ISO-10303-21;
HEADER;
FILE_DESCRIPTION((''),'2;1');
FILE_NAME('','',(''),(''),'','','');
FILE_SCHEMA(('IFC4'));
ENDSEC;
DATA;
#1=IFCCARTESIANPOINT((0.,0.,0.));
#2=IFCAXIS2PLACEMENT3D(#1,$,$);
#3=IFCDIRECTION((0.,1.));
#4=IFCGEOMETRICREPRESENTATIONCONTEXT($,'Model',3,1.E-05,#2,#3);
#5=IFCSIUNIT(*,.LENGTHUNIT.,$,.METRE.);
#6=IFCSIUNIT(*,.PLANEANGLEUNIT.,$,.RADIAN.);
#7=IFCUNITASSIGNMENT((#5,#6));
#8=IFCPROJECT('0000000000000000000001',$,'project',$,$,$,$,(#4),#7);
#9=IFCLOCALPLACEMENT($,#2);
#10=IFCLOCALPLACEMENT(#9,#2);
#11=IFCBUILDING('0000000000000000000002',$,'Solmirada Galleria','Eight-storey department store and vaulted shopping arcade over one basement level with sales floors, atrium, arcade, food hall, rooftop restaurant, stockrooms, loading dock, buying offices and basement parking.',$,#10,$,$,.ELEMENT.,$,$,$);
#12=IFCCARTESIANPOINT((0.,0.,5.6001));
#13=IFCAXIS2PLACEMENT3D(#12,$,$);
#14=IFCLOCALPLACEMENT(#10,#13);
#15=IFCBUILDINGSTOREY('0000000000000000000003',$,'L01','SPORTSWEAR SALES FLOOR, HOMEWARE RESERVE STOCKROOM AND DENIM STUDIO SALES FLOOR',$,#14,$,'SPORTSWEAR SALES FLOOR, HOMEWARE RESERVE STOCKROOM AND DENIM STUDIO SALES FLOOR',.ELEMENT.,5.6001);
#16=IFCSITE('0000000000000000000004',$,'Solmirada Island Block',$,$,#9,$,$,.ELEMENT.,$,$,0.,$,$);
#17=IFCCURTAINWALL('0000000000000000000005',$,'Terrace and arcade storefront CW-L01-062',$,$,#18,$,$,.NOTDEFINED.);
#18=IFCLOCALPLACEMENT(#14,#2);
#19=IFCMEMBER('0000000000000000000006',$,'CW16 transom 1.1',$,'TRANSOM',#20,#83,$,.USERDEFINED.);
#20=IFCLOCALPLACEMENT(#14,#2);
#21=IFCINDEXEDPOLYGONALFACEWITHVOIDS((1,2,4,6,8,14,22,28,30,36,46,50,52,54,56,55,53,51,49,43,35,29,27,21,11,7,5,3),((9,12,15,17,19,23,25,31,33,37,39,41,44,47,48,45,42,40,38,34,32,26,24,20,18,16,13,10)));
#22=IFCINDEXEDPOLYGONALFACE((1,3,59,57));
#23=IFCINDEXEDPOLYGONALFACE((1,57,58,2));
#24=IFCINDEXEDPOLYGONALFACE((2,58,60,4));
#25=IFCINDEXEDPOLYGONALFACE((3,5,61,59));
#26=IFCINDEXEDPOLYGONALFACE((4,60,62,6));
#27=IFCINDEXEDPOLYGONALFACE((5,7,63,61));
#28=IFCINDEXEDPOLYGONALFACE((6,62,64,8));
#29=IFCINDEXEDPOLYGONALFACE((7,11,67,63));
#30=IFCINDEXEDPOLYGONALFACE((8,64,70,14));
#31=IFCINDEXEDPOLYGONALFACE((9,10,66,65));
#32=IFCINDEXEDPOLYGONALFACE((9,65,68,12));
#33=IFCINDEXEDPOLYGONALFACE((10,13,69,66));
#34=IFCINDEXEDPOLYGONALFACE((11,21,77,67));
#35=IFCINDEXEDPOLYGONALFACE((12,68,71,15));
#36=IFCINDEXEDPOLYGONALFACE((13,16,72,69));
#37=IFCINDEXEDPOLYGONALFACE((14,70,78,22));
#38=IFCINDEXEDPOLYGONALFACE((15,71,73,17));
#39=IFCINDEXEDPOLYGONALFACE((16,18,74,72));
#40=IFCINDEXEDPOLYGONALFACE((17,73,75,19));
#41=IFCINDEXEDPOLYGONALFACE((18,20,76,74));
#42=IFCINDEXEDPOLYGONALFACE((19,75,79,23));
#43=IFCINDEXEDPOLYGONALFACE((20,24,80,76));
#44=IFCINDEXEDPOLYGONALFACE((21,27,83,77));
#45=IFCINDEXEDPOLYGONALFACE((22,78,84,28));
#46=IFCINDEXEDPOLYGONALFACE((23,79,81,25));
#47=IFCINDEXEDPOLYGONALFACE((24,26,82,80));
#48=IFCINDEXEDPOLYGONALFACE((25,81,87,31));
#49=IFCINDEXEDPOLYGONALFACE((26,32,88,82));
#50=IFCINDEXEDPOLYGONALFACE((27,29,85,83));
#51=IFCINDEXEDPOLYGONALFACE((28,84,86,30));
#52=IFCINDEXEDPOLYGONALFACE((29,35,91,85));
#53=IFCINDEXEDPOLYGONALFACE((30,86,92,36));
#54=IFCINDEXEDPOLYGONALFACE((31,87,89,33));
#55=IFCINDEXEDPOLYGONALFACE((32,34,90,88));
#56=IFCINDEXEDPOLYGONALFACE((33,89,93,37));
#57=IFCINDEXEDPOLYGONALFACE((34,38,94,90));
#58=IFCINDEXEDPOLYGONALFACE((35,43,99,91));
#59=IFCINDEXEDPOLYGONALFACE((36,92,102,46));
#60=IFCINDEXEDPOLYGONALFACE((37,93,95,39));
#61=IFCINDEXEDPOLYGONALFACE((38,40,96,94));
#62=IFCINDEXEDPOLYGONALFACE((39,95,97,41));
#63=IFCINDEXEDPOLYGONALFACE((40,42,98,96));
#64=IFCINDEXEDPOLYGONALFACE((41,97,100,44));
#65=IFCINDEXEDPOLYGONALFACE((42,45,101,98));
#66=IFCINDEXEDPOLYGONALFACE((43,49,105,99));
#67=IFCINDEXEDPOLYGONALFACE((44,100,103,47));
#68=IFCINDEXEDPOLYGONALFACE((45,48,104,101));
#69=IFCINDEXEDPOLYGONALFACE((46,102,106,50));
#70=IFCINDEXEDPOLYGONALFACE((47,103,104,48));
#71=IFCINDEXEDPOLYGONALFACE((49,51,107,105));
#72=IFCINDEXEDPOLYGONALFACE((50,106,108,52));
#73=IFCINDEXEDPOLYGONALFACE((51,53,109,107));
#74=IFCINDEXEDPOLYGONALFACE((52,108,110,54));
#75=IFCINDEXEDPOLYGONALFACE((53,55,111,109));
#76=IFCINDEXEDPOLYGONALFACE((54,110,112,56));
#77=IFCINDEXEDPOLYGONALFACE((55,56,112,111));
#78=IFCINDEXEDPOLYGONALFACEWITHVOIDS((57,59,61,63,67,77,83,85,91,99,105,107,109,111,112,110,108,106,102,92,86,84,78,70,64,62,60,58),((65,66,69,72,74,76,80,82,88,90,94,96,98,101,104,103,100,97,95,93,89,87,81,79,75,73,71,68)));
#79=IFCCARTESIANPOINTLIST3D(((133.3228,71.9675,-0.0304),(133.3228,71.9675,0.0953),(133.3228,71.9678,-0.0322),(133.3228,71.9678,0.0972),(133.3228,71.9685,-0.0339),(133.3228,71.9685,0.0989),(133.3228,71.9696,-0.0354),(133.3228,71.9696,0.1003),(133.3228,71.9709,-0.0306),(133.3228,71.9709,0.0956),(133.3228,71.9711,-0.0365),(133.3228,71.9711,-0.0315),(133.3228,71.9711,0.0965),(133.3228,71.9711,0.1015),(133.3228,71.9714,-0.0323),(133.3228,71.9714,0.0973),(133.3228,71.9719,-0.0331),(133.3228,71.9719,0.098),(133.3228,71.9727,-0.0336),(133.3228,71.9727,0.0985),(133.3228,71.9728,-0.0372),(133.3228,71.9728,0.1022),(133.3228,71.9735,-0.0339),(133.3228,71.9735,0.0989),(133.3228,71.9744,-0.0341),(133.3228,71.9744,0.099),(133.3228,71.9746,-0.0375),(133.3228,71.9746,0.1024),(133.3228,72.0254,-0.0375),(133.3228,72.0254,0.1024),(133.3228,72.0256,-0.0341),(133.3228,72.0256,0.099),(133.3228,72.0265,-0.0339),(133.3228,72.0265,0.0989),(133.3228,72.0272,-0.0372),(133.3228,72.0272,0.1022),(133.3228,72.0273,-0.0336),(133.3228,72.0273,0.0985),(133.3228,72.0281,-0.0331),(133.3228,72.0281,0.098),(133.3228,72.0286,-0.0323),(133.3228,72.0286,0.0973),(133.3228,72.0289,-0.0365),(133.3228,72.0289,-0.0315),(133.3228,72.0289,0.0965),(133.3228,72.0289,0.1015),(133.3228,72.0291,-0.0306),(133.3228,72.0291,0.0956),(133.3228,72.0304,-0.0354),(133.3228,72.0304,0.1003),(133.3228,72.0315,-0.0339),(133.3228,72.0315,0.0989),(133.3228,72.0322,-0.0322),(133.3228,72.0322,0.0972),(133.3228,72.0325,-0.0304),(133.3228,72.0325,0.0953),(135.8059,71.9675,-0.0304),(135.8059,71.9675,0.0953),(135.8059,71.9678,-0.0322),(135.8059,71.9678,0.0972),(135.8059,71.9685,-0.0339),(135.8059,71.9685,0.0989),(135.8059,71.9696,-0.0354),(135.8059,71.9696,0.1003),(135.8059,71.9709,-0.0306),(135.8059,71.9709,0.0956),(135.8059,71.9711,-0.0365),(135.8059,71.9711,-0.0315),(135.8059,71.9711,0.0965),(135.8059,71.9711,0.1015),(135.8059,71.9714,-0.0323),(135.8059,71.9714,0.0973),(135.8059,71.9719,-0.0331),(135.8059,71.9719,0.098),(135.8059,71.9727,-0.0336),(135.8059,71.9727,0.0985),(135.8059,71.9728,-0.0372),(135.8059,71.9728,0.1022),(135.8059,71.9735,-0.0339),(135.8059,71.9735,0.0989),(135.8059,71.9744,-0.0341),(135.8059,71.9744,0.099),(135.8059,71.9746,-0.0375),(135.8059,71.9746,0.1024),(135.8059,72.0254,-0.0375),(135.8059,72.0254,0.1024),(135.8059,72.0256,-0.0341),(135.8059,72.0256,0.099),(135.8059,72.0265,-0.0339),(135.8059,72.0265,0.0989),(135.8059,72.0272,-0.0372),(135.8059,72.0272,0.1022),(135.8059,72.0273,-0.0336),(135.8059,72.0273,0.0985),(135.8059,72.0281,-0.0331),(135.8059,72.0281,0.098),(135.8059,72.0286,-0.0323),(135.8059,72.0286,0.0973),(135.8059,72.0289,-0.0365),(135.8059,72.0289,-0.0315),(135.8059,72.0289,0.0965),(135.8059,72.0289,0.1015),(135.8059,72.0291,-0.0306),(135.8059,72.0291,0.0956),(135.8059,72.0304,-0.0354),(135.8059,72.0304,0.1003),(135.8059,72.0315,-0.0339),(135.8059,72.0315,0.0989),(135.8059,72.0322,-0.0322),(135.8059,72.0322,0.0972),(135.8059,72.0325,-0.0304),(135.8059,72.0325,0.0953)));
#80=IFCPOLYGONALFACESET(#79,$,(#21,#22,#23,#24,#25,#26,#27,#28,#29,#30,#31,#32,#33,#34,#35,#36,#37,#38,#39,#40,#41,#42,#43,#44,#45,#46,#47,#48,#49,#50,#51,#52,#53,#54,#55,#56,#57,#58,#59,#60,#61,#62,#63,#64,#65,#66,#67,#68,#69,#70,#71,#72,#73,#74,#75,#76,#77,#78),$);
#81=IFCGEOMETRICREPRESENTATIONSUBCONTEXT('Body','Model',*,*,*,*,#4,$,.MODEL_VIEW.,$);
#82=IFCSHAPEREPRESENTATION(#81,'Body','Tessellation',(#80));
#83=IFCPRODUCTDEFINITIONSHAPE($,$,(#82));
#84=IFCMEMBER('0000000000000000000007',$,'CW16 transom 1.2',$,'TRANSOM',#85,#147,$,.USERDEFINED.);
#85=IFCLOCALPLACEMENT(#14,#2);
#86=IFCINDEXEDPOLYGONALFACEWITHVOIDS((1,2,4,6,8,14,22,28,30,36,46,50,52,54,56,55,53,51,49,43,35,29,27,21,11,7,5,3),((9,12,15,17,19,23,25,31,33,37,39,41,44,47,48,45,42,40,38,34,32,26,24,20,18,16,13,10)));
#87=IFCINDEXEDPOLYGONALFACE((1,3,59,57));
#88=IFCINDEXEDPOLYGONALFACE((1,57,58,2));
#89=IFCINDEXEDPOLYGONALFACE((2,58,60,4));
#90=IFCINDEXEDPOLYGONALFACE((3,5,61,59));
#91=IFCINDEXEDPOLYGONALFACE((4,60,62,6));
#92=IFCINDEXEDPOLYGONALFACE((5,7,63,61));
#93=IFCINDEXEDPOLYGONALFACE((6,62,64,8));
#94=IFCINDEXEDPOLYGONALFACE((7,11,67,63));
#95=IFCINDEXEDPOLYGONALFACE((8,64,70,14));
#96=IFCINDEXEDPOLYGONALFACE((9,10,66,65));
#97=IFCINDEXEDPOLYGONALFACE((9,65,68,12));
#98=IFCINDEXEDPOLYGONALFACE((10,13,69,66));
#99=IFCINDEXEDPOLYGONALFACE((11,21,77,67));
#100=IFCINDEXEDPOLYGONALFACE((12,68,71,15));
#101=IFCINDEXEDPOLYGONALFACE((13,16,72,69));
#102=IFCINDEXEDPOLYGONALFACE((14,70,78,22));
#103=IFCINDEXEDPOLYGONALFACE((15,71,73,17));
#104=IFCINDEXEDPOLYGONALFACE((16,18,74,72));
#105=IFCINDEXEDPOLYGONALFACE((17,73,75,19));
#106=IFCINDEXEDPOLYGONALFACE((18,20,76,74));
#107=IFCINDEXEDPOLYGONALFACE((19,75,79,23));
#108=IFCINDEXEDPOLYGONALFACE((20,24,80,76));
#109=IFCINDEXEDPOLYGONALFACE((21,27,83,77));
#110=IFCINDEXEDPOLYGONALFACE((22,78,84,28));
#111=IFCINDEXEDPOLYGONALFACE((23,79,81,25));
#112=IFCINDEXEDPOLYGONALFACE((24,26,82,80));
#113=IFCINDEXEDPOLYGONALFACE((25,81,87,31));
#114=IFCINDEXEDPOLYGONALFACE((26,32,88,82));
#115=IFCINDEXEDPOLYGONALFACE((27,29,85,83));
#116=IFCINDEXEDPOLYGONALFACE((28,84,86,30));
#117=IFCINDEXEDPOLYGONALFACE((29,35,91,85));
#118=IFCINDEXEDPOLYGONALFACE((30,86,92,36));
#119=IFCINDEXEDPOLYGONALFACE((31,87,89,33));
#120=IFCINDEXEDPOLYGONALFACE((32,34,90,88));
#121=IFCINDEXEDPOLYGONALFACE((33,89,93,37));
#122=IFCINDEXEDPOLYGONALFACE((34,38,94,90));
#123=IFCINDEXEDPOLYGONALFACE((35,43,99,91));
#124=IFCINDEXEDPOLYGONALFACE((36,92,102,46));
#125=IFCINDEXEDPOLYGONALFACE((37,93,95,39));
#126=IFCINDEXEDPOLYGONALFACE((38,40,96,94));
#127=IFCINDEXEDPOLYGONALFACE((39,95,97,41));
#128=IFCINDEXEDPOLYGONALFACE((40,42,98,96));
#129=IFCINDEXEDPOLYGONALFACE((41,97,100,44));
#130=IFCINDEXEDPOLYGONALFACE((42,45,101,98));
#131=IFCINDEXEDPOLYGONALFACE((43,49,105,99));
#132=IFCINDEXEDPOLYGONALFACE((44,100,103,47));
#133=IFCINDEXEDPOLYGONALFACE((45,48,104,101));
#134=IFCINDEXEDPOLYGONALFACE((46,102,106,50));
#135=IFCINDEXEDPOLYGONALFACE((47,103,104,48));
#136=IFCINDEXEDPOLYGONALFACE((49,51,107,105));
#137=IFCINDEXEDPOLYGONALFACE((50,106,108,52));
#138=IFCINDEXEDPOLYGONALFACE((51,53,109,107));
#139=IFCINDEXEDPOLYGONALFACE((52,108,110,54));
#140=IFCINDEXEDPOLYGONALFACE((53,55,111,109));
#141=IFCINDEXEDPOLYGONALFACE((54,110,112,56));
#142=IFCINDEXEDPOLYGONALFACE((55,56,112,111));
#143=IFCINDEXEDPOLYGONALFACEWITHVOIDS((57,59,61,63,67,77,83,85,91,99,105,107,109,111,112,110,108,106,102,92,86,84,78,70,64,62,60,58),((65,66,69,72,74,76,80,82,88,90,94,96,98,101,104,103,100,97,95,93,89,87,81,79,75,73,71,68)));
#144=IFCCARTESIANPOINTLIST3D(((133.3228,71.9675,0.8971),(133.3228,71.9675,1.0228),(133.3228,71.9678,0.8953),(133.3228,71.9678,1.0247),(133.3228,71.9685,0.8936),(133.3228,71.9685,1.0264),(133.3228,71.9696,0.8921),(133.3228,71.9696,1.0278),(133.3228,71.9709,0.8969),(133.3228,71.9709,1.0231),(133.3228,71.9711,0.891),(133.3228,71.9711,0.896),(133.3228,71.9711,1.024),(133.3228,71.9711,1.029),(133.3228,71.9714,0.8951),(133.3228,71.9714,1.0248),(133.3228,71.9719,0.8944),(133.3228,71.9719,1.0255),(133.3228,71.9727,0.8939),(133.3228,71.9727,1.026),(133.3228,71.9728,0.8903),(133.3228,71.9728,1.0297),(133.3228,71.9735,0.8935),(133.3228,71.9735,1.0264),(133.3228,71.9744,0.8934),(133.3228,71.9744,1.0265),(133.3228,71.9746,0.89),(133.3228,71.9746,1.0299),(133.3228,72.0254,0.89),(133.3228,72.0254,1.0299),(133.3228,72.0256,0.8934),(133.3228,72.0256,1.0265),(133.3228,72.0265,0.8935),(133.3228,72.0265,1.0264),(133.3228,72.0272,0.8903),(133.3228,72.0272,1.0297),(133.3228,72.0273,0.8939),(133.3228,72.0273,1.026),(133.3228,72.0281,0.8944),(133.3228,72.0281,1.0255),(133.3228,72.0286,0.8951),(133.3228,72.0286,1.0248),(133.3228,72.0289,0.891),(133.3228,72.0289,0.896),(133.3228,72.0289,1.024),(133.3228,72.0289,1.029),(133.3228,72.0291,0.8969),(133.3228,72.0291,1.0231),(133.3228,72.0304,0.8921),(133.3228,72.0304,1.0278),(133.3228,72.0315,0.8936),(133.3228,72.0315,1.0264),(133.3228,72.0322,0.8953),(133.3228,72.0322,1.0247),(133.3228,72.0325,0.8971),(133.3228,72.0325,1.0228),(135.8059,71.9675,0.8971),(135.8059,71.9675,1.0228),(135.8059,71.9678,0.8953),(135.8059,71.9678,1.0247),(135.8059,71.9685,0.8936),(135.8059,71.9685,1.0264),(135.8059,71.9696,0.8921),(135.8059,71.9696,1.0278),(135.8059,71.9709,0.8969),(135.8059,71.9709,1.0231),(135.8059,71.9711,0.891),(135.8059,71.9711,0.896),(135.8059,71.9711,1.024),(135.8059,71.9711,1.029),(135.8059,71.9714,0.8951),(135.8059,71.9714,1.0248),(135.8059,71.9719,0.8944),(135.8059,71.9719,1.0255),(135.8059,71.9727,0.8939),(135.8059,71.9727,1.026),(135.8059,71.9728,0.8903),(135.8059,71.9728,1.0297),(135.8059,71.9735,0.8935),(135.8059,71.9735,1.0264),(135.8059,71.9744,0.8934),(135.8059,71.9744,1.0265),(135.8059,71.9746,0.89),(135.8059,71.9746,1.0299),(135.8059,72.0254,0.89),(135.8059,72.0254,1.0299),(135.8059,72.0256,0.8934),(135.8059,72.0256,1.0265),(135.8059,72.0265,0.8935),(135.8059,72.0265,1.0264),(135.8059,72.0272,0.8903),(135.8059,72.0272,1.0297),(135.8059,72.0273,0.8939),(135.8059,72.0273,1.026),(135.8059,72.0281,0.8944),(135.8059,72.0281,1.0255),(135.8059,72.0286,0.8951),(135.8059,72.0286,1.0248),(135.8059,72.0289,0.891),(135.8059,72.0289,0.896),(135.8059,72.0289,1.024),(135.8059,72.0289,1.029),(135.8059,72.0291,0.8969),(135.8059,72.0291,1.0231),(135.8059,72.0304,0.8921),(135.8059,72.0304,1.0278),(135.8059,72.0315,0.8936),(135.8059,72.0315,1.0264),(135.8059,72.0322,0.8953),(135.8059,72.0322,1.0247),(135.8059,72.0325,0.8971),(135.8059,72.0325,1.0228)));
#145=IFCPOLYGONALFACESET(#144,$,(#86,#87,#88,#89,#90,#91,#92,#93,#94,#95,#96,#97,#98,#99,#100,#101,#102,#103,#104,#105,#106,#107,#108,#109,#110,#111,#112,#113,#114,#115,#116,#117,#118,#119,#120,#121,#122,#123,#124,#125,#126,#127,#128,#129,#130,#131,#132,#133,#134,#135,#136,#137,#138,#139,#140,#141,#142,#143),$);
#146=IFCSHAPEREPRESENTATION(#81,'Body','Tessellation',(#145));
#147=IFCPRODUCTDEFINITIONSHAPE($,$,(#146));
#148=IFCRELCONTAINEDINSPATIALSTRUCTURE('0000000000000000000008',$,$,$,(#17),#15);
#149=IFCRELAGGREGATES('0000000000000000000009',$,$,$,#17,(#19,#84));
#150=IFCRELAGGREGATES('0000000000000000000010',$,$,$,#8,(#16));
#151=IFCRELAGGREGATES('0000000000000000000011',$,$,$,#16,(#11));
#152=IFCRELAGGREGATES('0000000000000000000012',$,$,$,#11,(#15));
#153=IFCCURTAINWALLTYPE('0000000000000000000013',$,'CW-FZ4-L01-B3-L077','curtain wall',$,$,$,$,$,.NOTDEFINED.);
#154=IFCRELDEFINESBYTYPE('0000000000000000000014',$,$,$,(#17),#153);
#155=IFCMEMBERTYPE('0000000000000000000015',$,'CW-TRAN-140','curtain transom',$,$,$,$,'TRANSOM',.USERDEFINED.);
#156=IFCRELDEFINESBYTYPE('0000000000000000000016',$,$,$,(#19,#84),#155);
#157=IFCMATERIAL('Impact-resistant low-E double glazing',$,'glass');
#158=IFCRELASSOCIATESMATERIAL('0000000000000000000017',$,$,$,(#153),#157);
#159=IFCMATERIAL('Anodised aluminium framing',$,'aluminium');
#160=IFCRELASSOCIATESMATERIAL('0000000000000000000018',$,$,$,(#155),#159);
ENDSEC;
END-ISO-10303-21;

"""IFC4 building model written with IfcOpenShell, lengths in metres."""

from ifc_helpers import new_model, si_unit, direction, frame, origin, origin_2d, place, context, subcontext, project, spatial, hollow_rectangle, extrude, material, material_profile, profile_set, type_object, element, aggregate, save


model = new_model("IFC4")

# Units and contexts
model_context = context("Model", 3, precision=1e-05, world=origin(), true_north=direction((0.0, 1.0)))
body_context = subcontext(model_context, "Body", "Model", "MODEL_VIEW")
ifc_project = project(units=[si_unit("LENGTHUNIT", "METRE"), si_unit("PLANEANGLEUNIT", "RADIAN")], contexts=[model_context])

# Site, building, storey
site_placement = place(None, origin())
site = spatial("IfcSite", under=ifc_project, at=site_placement, Name="Solmirada Island Block", CompositionType="ELEMENT", RefElevation=0.0)
building_placement = place(site_placement, origin())
building = spatial("IfcBuilding", under=site, at=building_placement, Name="Solmirada Galleria", Description="Eight-storey department store and vaulted shopping arcade over one basement level with sales floors, atrium, arcade, food hall, rooftop restaurant, stockrooms, loading dock, buying offices and basement parking.", CompositionType="ELEMENT")
storey_placement = place(building_placement, frame((0.0, 0.0, 5.6001)))
storey = spatial("IfcBuildingStorey", under=building, at=storey_placement, Name="L01", Description="SPORTSWEAR SALES FLOOR, HOMEWARE RESERVE STOCKROOM AND DENIM STUDIO SALES FLOOR", LongName="SPORTSWEAR SALES FLOOR, HOMEWARE RESERVE STOCKROOM AND DENIM STUDIO SALES FLOOR", CompositionType="ELEMENT", Elevation=5.6001)

# Curtain wall, members
ifc_material_1 = material(Name="Impact-resistant low-E double glazing", Category="glass")
curtain_wall_type = type_object("IfcCurtainWallType", Name="CW-FZ4-L01-B3-L077", Description="curtain wall", PredefinedType="NOTDEFINED", material=ifc_material_1)
curtain_wall_placement = place(storey_placement, origin())
curtain_wall = element("IfcCurtainWall", 1, at=curtain_wall_placement, inside=storey, type_object=curtain_wall_type, Name="Terrace and arcade storefront CW-L01-062", PredefinedType="NOTDEFINED")
ifc_material_2 = material(Name="Anodised aluminium framing", Category="aluminium")
ifc_material_profile_1 = material_profile(ifc_material_2, hollow_rectangle(XDim=0.0649, YDim=0.1399, WallThickness=0.0034, InnerFilletRadius=0.0034, OuterFilletRadius=0.0071, at=origin_2d()), Name="ALU-TRAN-140X65")
ifc_profile_set_1 = profile_set([ifc_material_profile_1], Name="Anodised aluminium framing")
member_type_1 = type_object("IfcMemberType", Name="CW-TRAN-140", Description="curtain transom", ElementType="TRANSOM", PredefinedType="USERDEFINED", material=ifc_profile_set_1)
member_1_placement = place(storey_placement, frame((135.8059, 72.0, 0.0325), z_axis=(-1.0, 0.0, 0.0), x_axis=(0.0, -1.0, 0.0)))
member_1 = element("IfcMember", 2, at=member_1_placement, type_object=member_type_1, Name="CW16 transom 1.1", ObjectType="TRANSOM", PredefinedType="USERDEFINED", context=body_context, shape_type="SweptSolid", body=[
    extrude(hollow_rectangle(XDim=0.0649, YDim=0.1399, WallThickness=0.0034, InnerFilletRadius=0.0034, OuterFilletRadius=0.0071, at=origin_2d()), origin(), (0.0, 0.0, 1.0), 2.4832),
])
member_2_placement = place(storey_placement, frame((135.8059, 72.0, 0.96), z_axis=(-1.0, 0.0, 0.0), x_axis=(0.0, -1.0, 0.0)))
member_2 = element("IfcMember", 3, at=member_2_placement, type_object=member_type_1, Name="CW16 transom 1.2", ObjectType="TRANSOM", PredefinedType="USERDEFINED", context=body_context, shape_type="SweptSolid", body=[
    extrude(hollow_rectangle(XDim=0.0649, YDim=0.1399, WallThickness=0.0034, InnerFilletRadius=0.0034, OuterFilletRadius=0.0071, at=origin_2d()), origin(), (0.0, 0.0, 1.0), 2.4832),
])
aggregate(curtain_wall, [member_1, member_2])

save(model, "model.ifc")
